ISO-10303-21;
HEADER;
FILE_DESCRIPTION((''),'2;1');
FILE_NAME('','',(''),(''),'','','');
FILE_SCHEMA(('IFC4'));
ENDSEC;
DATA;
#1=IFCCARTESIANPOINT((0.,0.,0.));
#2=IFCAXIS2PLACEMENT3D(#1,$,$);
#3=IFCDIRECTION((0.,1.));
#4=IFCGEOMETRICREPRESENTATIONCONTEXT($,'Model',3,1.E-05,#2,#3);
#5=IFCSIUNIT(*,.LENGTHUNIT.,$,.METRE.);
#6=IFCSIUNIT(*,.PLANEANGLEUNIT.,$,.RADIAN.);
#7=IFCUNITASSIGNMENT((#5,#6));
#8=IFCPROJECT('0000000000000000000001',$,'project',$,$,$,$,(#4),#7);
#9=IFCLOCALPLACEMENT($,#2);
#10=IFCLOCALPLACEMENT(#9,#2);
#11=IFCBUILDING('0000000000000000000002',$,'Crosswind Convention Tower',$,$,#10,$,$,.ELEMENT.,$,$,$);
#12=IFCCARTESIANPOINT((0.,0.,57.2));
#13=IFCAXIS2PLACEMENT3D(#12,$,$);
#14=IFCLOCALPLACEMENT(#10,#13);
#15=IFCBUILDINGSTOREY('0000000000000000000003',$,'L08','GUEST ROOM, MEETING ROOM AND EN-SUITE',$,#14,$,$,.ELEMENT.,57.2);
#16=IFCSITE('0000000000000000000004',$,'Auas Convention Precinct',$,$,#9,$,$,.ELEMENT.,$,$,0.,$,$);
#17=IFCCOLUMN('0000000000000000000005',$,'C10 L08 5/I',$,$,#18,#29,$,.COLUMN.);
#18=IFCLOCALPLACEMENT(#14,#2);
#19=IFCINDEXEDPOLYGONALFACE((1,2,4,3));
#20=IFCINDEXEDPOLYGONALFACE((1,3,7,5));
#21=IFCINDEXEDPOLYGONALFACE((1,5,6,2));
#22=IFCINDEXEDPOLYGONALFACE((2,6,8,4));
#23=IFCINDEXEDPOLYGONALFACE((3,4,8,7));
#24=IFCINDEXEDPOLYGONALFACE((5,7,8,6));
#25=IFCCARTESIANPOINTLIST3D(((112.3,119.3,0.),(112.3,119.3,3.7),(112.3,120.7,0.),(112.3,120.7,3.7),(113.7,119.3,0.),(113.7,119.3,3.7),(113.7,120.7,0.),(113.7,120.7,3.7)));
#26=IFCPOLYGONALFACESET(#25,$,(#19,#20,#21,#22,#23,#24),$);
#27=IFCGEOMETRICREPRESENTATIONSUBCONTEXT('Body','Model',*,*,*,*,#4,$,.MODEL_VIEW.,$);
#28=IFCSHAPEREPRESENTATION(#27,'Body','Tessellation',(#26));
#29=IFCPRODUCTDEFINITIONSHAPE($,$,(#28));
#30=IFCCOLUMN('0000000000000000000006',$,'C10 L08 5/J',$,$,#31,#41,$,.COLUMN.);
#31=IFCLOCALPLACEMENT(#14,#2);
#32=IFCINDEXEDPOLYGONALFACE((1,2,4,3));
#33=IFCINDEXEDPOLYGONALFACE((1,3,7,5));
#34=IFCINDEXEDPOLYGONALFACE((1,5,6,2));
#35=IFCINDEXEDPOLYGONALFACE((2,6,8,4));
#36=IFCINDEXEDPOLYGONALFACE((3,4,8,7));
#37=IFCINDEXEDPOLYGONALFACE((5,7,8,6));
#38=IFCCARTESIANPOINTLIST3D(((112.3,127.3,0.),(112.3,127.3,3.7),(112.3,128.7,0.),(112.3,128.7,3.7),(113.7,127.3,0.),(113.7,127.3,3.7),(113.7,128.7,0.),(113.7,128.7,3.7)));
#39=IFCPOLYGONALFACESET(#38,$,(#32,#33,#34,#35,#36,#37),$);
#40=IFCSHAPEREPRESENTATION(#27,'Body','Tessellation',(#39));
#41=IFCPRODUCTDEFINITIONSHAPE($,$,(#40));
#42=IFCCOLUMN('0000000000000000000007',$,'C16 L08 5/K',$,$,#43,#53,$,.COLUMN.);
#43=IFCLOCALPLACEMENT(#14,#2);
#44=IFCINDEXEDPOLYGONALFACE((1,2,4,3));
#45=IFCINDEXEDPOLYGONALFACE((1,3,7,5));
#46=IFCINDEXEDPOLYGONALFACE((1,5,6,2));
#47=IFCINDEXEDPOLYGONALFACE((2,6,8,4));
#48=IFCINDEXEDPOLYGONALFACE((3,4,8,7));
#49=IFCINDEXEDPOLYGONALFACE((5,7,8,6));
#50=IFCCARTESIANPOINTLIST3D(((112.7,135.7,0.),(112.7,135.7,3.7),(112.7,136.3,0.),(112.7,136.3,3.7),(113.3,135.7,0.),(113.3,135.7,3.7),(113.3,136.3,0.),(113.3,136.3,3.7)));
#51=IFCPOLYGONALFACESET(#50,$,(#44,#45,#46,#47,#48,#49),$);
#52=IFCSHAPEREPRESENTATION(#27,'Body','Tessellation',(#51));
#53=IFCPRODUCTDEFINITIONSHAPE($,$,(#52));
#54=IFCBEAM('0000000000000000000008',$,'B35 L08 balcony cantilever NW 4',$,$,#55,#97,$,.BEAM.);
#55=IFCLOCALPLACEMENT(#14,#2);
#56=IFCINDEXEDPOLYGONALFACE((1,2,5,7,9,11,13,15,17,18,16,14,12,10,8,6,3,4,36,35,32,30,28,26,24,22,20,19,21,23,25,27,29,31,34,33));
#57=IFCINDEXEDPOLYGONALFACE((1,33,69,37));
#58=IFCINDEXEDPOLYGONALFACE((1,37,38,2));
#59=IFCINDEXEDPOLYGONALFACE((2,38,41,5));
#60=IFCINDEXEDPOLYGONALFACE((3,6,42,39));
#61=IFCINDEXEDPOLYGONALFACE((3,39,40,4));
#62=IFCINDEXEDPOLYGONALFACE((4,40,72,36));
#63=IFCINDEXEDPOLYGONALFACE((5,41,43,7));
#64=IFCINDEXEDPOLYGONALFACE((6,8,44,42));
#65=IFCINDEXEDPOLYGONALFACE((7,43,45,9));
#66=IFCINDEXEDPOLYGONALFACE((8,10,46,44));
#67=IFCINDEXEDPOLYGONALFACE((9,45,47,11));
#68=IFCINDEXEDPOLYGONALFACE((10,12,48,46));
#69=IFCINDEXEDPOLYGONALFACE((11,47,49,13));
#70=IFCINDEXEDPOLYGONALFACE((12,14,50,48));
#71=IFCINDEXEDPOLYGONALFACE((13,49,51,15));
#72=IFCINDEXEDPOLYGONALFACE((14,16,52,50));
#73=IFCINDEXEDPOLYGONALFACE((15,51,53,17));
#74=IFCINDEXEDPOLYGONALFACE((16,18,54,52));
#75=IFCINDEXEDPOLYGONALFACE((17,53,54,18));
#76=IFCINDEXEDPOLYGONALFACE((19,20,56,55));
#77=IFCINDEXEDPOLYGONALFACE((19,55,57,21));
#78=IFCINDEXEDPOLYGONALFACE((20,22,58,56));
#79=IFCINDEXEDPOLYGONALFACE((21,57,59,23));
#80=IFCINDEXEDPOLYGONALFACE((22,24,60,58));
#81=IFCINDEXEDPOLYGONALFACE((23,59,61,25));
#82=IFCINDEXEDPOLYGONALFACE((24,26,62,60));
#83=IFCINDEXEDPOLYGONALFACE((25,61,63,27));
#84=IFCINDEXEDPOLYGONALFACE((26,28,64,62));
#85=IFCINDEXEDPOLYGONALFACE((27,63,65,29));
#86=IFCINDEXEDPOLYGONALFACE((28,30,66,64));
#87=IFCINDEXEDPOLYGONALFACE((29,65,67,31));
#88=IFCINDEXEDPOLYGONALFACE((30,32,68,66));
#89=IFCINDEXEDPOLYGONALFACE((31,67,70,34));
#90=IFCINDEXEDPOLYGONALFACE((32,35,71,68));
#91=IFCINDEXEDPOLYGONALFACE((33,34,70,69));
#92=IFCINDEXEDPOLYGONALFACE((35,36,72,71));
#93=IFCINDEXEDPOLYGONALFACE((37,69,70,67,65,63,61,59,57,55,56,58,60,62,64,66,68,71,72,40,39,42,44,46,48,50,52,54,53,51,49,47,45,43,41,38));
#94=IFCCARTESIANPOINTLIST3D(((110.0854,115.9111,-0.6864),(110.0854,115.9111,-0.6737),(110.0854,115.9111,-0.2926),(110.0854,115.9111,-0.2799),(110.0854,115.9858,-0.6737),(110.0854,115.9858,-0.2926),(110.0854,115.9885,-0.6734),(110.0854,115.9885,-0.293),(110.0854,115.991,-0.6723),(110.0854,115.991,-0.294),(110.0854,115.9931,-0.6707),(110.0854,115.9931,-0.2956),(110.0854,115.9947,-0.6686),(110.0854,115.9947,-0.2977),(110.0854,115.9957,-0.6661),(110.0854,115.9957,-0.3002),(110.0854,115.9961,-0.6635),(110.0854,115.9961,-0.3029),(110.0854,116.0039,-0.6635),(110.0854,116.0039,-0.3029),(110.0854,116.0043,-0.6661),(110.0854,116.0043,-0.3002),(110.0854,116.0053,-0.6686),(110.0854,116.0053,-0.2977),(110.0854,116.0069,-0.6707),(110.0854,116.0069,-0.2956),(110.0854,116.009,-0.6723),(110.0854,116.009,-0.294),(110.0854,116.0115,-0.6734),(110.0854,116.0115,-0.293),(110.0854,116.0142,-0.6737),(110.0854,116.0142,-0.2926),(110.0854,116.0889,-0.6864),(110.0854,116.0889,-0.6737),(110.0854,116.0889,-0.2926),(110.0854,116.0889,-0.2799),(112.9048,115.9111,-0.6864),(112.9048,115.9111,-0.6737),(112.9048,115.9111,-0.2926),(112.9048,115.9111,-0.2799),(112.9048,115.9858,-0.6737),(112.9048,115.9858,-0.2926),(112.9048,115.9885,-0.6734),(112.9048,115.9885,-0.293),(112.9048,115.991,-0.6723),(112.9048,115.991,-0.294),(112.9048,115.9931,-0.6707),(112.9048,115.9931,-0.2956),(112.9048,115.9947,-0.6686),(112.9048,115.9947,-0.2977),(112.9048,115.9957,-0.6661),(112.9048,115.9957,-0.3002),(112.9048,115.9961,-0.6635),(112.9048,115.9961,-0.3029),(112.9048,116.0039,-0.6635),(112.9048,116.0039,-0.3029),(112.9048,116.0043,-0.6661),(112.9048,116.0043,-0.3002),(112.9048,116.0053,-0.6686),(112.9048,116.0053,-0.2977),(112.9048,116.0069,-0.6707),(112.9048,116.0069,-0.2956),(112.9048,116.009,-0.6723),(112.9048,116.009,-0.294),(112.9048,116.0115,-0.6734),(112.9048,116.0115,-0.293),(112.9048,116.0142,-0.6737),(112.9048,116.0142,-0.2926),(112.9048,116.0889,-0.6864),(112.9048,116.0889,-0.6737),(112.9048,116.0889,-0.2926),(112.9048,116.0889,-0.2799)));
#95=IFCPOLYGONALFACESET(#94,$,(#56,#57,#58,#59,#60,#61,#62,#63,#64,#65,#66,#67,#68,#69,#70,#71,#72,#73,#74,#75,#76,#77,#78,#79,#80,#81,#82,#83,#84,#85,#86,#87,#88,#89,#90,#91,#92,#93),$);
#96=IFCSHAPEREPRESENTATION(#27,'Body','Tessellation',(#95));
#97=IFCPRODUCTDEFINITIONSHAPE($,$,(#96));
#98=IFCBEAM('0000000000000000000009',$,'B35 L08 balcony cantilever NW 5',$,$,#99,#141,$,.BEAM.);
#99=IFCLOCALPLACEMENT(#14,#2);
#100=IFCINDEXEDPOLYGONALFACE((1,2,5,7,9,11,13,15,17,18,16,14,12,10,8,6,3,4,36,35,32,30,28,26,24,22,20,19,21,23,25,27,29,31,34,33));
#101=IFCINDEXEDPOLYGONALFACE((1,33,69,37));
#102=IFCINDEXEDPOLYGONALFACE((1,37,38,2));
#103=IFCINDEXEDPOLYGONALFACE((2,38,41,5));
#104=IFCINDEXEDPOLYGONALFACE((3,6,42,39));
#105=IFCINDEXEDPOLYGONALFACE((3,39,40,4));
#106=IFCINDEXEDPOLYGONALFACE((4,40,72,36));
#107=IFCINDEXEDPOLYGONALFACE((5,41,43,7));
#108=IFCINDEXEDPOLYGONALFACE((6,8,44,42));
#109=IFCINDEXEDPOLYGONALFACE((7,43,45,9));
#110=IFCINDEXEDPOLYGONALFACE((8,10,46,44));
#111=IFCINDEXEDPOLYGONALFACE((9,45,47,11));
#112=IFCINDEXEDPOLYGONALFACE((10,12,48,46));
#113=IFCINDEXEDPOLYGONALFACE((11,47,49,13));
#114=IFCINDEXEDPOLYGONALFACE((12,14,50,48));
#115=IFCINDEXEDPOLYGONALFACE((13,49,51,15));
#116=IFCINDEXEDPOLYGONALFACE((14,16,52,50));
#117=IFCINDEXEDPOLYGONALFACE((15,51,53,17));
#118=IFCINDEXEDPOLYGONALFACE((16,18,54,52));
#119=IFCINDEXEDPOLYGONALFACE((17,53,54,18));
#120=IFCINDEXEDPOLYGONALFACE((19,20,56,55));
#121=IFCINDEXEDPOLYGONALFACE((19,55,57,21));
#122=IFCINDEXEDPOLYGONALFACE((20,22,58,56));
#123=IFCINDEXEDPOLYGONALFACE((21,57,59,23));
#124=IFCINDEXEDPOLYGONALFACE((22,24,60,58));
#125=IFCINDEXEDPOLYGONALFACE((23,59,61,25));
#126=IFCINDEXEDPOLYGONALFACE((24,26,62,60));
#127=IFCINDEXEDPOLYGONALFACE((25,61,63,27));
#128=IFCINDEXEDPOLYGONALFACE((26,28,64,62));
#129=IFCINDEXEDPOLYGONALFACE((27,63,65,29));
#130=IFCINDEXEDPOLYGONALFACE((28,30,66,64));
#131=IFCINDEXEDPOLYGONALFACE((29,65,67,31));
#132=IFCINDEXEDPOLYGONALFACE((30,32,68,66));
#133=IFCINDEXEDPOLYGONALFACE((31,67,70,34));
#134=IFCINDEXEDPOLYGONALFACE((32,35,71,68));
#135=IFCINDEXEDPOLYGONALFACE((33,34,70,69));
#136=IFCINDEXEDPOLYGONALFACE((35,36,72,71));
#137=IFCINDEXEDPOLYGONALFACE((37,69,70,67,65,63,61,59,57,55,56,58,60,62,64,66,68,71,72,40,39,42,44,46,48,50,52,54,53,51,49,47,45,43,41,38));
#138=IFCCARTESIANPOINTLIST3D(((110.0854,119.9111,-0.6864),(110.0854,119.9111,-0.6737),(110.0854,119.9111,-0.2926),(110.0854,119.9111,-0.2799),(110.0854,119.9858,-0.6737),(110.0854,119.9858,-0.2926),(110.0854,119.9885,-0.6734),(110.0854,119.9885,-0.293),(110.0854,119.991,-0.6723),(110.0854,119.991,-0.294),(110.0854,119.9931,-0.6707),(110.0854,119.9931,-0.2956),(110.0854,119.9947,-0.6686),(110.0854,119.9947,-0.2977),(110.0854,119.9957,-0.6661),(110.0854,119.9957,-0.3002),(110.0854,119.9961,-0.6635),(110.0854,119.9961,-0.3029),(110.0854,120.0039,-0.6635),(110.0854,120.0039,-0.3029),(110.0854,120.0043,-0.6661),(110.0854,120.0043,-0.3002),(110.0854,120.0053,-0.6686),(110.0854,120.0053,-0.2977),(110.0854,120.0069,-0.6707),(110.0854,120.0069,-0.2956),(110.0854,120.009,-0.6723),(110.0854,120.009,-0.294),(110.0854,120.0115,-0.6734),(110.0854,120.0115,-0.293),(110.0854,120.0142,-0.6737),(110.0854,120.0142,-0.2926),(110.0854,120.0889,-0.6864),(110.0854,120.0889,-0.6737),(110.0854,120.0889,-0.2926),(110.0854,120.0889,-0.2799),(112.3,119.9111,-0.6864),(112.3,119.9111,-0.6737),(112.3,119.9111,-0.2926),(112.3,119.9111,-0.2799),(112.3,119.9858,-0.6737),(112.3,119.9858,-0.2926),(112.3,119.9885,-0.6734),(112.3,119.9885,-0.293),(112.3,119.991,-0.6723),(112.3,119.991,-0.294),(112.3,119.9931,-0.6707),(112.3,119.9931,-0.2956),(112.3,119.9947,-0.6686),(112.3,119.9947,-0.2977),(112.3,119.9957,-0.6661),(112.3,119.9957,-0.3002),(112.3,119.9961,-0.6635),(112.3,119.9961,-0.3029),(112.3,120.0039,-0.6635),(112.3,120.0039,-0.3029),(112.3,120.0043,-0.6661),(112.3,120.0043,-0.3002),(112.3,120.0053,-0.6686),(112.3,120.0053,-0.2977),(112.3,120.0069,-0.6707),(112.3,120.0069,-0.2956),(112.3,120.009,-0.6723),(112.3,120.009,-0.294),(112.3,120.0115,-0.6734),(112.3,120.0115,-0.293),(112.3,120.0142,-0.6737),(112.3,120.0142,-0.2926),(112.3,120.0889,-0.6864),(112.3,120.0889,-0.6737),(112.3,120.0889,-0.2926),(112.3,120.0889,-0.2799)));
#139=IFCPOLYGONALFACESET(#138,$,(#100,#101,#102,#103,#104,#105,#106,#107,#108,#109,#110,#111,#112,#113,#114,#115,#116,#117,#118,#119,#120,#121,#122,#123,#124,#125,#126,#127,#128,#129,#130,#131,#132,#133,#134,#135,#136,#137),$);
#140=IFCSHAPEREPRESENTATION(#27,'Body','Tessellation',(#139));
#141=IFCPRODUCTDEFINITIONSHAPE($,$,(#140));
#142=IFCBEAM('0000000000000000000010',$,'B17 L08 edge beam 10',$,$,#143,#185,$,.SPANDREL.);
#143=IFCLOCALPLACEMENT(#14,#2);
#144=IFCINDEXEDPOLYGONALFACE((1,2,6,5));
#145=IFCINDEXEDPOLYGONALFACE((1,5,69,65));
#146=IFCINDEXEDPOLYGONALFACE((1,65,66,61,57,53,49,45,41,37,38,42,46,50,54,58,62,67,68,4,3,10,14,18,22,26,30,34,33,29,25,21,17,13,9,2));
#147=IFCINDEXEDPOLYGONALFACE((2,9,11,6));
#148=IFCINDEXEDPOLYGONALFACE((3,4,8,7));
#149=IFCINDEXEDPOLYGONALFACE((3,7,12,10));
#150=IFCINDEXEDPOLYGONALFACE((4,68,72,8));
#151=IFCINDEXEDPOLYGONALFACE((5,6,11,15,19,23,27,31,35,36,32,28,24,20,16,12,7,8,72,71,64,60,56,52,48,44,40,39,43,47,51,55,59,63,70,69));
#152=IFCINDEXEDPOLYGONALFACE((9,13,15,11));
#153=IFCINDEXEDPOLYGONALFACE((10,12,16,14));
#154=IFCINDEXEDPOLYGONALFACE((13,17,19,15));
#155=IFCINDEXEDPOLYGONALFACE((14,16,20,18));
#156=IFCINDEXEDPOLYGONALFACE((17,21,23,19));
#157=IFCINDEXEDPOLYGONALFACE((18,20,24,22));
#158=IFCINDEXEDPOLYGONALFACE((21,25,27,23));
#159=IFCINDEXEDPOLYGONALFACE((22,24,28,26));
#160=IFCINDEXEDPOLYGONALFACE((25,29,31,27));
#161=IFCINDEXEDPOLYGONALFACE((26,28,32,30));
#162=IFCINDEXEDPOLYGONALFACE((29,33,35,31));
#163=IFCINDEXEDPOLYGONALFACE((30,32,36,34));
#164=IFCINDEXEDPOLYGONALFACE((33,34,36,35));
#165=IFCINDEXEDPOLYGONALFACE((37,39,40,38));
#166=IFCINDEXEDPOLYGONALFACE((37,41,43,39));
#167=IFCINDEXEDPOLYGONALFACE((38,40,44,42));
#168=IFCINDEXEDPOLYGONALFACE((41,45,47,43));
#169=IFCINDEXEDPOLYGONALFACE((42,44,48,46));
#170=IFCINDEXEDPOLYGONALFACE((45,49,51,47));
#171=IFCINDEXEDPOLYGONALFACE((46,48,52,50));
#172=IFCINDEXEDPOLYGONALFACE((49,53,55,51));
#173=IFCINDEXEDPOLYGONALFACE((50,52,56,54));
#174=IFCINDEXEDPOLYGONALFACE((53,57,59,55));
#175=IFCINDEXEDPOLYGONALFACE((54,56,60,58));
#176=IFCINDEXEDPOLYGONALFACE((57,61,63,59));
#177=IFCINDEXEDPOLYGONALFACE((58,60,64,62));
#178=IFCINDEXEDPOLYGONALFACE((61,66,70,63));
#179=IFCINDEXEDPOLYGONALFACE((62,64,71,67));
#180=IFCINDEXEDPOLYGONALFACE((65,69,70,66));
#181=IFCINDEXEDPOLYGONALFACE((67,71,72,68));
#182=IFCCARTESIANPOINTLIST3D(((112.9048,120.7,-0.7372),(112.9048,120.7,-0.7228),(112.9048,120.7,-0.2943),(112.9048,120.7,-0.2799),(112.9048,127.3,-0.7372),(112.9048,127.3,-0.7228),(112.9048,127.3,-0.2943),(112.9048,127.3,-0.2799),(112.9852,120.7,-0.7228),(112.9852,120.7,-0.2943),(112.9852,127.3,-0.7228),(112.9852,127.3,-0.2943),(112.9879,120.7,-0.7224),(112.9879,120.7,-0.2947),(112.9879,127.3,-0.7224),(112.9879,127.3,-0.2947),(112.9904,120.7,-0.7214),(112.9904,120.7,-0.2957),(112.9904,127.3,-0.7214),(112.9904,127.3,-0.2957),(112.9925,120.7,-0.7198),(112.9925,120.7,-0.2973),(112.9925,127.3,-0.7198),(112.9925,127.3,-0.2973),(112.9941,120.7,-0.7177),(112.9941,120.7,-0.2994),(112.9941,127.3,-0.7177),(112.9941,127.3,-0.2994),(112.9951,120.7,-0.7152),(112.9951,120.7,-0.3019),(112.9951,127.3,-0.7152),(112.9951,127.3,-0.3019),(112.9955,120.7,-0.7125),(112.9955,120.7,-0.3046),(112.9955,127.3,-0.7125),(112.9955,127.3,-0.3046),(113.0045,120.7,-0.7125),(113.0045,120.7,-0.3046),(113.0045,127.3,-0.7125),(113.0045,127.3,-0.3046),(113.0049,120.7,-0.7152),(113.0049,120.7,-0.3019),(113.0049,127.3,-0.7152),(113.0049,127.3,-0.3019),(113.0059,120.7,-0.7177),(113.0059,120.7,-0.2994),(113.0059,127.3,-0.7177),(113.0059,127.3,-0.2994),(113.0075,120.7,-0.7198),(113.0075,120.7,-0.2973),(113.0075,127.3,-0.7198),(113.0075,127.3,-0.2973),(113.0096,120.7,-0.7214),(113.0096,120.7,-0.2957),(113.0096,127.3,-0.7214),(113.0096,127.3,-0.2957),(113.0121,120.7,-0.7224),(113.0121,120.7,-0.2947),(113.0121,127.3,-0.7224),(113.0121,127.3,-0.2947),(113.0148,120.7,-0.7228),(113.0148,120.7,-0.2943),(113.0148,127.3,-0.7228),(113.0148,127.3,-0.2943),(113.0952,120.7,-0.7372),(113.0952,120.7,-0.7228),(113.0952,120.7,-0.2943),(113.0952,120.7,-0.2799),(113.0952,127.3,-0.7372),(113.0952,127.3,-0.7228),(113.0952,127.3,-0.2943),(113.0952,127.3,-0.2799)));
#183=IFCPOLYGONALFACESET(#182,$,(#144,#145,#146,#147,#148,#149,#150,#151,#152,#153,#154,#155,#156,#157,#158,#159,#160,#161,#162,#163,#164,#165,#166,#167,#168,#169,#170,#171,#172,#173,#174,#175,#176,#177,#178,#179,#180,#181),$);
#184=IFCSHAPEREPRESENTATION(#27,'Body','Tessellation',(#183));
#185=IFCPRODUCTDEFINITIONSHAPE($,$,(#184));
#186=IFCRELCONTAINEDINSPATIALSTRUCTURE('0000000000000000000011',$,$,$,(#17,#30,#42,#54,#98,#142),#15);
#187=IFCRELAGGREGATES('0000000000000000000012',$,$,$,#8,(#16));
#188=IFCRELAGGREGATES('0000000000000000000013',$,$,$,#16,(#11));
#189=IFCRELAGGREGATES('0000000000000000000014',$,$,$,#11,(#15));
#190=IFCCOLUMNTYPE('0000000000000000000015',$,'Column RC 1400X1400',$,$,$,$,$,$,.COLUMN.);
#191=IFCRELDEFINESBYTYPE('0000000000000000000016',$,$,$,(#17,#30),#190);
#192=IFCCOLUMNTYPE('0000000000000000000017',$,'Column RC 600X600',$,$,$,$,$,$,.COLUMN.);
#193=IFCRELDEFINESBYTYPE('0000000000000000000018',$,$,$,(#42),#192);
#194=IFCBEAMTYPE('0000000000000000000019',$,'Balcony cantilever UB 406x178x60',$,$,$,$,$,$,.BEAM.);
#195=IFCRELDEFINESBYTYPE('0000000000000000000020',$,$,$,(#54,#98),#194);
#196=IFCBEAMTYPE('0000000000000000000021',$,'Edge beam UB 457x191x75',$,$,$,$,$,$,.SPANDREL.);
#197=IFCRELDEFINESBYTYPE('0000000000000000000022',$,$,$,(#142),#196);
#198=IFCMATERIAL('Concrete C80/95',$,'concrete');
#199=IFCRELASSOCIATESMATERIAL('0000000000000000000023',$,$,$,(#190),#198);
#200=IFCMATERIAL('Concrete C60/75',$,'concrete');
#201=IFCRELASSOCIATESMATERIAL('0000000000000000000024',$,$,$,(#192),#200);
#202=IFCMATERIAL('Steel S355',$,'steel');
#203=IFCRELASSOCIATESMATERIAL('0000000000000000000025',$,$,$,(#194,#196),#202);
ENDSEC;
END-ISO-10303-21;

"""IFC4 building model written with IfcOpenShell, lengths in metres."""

from ifc_helpers import new_model, si_unit, direction, frame, origin, origin_2d, place, context, subcontext, project, spatial, rectangle, i_section, extrude, material, material_profile, profile_set, type_object, element, save


model = new_model("IFC4")

# Units and contexts
model_context = context("Model", 3, precision=1e-05, world=origin(), true_north=direction((0.0, 1.0)))
body_context = subcontext(model_context, "Body", "Model", "MODEL_VIEW")
ifc_project = project(units=[si_unit("LENGTHUNIT", "METRE"), si_unit("PLANEANGLEUNIT", "RADIAN")], contexts=[model_context])

# Site, building, storey
site_placement = place(None, origin())
site = spatial("IfcSite", under=ifc_project, at=site_placement, Name="Auas Convention Precinct", CompositionType="ELEMENT", RefElevation=0.0)
building_placement = place(site_placement, origin())
building = spatial("IfcBuilding", under=site, at=building_placement, Name="Crosswind Convention Tower", CompositionType="ELEMENT")
storey_placement = place(building_placement, frame((0.0, 0.0, 57.2)))
storey = spatial("IfcBuildingStorey", under=building, at=storey_placement, Name="L08", Description="GUEST ROOM, MEETING ROOM AND EN-SUITE", CompositionType="ELEMENT", Elevation=57.2)

# Columns
ifc_material_1 = material(Name="Concrete C80/95", Category="concrete")
ifc_material_profile_1 = material_profile(ifc_material_1, rectangle(XDim=1.3999, YDim=1.3999, at=origin_2d()), Name="RC 1400X1400")
ifc_profile_set_1 = profile_set([ifc_material_profile_1], Name="Concrete C80/95")
column_type_1 = type_object("IfcColumnType", Name="Column RC 1400X1400", PredefinedType="COLUMN", material=ifc_profile_set_1)
for number, where, z_axis, x_axis, name in (
    (1, (113.0, 120.0, 0.0), (0.0, 0.0, 1.0), (1.0, 0.0, 0.0), "C10 L08 5/I"),
    (2, (113.0, 128.0, 0.0), (0.0, 0.0, 1.0), (1.0, 0.0, 0.0), "C10 L08 5/J"),
):
    element("IfcColumn", number, at=place(storey_placement, frame(where, z_axis=z_axis, x_axis=x_axis)), inside=storey, type_object=column_type_1, Name=name, PredefinedType="COLUMN", context=body_context, shape_type="SweptSolid", body=[
        extrude(rectangle(XDim=1.3999, YDim=1.3999, at=origin_2d()), origin(), (0.0, 0.0, 1.0), 3.7),
    ])
ifc_material_2 = material(Name="Concrete C60/75", Category="concrete")
ifc_material_profile_2 = material_profile(ifc_material_2, rectangle(XDim=0.6001, YDim=0.6001, at=origin_2d()), Name="RC 600X600")
ifc_profile_set_2 = profile_set([ifc_material_profile_2], Name="Concrete C60/75")
column_type_2 = type_object("IfcColumnType", Name="Column RC 600X600", PredefinedType="COLUMN", material=ifc_profile_set_2)
column_placement = place(storey_placement, frame((113.0, 136.0, 0.0), z_axis=(0.0, 0.0, 1.0), x_axis=(1.0, 0.0, 0.0)))
element("IfcColumn", 3, at=column_placement, inside=storey, type_object=column_type_2, Name="C16 L08 5/K", PredefinedType="COLUMN", context=body_context, shape_type="SweptSolid", body=[
    extrude(rectangle(XDim=0.6001, YDim=0.6001, at=origin_2d()), origin(), (0.0, 0.0, 1.0), 3.7),
])

# Beams
ifc_material_3 = material(Name="Steel S355", Category="steel")
ifc_material_profile_3 = material_profile(ifc_material_3, i_section(OverallWidth=0.1777, OverallDepth=0.4065, WebThickness=0.0078, FlangeThickness=0.0127, FilletRadius=0.0103, at=origin_2d()), Name="UB 406x178x60")
ifc_profile_set_3 = profile_set([ifc_material_profile_3], Name="Steel S355")
beam_type_1 = type_object("IfcBeamType", Name="Balcony cantilever UB 406x178x60", PredefinedType="BEAM", material=ifc_profile_set_3)
beam_1_placement = place(storey_placement, frame((112.9048, 116.0, -0.4832), z_axis=(-1.0, 0.0, 0.0), x_axis=(0.0, -1.0, 0.0)))
element("IfcBeam", 4, at=beam_1_placement, inside=storey, type_object=beam_type_1, Name="B35 L08 balcony cantilever NW 4", PredefinedType="BEAM", context=body_context, shape_type="SweptSolid", body=[
    extrude(i_section(OverallWidth=0.1777, OverallDepth=0.4065, WebThickness=0.0078, FlangeThickness=0.0127, FilletRadius=0.0103, at=origin_2d()), origin(), (0.0, 0.0, 1.0), 2.8193),
])
beam_2_placement = place(storey_placement, frame((112.3, 120.0, -0.4832), z_axis=(-1.0, 0.0, 0.0), x_axis=(0.0, -1.0, 0.0)))
element("IfcBeam", 5, at=beam_2_placement, inside=storey, type_object=beam_type_1, Name="B35 L08 balcony cantilever NW 5", PredefinedType="BEAM", context=body_context, shape_type="SweptSolid", body=[
    extrude(i_section(OverallWidth=0.1777, OverallDepth=0.4065, WebThickness=0.0078, FlangeThickness=0.0127, FilletRadius=0.0103, at=origin_2d()), origin(), (0.0, 0.0, 1.0), 2.2146),
])
ifc_material_profile_4 = material_profile(ifc_material_3, i_section(OverallWidth=0.1904, OverallDepth=0.4573, WebThickness=0.009, FlangeThickness=0.0144, FilletRadius=0.0103, at=origin_2d()), Name="UB 457x191x75")
ifc_profile_set_4 = profile_set([ifc_material_profile_4], Name="Steel S355")
beam_type_2 = type_object("IfcBeamType", Name="Edge beam UB 457x191x75", PredefinedType="SPANDREL", material=ifc_profile_set_4)
beam_3_placement = place(storey_placement, frame((113.0, 120.7, -0.5085), z_axis=(0.0, 1.0, 0.0), x_axis=(-1.0, 0.0, 0.0)))
element("IfcBeam", 6, at=beam_3_placement, inside=storey, type_object=beam_type_2, Name="B17 L08 edge beam 10", PredefinedType="SPANDREL", context=body_context, shape_type="SweptSolid", body=[
    extrude(i_section(OverallWidth=0.1904, OverallDepth=0.4573, WebThickness=0.009, FlangeThickness=0.0144, FilletRadius=0.0103, at=origin_2d()), origin(), (0.0, 0.0, 1.0), 6.6001),
])

save(model, "model.ifc")
